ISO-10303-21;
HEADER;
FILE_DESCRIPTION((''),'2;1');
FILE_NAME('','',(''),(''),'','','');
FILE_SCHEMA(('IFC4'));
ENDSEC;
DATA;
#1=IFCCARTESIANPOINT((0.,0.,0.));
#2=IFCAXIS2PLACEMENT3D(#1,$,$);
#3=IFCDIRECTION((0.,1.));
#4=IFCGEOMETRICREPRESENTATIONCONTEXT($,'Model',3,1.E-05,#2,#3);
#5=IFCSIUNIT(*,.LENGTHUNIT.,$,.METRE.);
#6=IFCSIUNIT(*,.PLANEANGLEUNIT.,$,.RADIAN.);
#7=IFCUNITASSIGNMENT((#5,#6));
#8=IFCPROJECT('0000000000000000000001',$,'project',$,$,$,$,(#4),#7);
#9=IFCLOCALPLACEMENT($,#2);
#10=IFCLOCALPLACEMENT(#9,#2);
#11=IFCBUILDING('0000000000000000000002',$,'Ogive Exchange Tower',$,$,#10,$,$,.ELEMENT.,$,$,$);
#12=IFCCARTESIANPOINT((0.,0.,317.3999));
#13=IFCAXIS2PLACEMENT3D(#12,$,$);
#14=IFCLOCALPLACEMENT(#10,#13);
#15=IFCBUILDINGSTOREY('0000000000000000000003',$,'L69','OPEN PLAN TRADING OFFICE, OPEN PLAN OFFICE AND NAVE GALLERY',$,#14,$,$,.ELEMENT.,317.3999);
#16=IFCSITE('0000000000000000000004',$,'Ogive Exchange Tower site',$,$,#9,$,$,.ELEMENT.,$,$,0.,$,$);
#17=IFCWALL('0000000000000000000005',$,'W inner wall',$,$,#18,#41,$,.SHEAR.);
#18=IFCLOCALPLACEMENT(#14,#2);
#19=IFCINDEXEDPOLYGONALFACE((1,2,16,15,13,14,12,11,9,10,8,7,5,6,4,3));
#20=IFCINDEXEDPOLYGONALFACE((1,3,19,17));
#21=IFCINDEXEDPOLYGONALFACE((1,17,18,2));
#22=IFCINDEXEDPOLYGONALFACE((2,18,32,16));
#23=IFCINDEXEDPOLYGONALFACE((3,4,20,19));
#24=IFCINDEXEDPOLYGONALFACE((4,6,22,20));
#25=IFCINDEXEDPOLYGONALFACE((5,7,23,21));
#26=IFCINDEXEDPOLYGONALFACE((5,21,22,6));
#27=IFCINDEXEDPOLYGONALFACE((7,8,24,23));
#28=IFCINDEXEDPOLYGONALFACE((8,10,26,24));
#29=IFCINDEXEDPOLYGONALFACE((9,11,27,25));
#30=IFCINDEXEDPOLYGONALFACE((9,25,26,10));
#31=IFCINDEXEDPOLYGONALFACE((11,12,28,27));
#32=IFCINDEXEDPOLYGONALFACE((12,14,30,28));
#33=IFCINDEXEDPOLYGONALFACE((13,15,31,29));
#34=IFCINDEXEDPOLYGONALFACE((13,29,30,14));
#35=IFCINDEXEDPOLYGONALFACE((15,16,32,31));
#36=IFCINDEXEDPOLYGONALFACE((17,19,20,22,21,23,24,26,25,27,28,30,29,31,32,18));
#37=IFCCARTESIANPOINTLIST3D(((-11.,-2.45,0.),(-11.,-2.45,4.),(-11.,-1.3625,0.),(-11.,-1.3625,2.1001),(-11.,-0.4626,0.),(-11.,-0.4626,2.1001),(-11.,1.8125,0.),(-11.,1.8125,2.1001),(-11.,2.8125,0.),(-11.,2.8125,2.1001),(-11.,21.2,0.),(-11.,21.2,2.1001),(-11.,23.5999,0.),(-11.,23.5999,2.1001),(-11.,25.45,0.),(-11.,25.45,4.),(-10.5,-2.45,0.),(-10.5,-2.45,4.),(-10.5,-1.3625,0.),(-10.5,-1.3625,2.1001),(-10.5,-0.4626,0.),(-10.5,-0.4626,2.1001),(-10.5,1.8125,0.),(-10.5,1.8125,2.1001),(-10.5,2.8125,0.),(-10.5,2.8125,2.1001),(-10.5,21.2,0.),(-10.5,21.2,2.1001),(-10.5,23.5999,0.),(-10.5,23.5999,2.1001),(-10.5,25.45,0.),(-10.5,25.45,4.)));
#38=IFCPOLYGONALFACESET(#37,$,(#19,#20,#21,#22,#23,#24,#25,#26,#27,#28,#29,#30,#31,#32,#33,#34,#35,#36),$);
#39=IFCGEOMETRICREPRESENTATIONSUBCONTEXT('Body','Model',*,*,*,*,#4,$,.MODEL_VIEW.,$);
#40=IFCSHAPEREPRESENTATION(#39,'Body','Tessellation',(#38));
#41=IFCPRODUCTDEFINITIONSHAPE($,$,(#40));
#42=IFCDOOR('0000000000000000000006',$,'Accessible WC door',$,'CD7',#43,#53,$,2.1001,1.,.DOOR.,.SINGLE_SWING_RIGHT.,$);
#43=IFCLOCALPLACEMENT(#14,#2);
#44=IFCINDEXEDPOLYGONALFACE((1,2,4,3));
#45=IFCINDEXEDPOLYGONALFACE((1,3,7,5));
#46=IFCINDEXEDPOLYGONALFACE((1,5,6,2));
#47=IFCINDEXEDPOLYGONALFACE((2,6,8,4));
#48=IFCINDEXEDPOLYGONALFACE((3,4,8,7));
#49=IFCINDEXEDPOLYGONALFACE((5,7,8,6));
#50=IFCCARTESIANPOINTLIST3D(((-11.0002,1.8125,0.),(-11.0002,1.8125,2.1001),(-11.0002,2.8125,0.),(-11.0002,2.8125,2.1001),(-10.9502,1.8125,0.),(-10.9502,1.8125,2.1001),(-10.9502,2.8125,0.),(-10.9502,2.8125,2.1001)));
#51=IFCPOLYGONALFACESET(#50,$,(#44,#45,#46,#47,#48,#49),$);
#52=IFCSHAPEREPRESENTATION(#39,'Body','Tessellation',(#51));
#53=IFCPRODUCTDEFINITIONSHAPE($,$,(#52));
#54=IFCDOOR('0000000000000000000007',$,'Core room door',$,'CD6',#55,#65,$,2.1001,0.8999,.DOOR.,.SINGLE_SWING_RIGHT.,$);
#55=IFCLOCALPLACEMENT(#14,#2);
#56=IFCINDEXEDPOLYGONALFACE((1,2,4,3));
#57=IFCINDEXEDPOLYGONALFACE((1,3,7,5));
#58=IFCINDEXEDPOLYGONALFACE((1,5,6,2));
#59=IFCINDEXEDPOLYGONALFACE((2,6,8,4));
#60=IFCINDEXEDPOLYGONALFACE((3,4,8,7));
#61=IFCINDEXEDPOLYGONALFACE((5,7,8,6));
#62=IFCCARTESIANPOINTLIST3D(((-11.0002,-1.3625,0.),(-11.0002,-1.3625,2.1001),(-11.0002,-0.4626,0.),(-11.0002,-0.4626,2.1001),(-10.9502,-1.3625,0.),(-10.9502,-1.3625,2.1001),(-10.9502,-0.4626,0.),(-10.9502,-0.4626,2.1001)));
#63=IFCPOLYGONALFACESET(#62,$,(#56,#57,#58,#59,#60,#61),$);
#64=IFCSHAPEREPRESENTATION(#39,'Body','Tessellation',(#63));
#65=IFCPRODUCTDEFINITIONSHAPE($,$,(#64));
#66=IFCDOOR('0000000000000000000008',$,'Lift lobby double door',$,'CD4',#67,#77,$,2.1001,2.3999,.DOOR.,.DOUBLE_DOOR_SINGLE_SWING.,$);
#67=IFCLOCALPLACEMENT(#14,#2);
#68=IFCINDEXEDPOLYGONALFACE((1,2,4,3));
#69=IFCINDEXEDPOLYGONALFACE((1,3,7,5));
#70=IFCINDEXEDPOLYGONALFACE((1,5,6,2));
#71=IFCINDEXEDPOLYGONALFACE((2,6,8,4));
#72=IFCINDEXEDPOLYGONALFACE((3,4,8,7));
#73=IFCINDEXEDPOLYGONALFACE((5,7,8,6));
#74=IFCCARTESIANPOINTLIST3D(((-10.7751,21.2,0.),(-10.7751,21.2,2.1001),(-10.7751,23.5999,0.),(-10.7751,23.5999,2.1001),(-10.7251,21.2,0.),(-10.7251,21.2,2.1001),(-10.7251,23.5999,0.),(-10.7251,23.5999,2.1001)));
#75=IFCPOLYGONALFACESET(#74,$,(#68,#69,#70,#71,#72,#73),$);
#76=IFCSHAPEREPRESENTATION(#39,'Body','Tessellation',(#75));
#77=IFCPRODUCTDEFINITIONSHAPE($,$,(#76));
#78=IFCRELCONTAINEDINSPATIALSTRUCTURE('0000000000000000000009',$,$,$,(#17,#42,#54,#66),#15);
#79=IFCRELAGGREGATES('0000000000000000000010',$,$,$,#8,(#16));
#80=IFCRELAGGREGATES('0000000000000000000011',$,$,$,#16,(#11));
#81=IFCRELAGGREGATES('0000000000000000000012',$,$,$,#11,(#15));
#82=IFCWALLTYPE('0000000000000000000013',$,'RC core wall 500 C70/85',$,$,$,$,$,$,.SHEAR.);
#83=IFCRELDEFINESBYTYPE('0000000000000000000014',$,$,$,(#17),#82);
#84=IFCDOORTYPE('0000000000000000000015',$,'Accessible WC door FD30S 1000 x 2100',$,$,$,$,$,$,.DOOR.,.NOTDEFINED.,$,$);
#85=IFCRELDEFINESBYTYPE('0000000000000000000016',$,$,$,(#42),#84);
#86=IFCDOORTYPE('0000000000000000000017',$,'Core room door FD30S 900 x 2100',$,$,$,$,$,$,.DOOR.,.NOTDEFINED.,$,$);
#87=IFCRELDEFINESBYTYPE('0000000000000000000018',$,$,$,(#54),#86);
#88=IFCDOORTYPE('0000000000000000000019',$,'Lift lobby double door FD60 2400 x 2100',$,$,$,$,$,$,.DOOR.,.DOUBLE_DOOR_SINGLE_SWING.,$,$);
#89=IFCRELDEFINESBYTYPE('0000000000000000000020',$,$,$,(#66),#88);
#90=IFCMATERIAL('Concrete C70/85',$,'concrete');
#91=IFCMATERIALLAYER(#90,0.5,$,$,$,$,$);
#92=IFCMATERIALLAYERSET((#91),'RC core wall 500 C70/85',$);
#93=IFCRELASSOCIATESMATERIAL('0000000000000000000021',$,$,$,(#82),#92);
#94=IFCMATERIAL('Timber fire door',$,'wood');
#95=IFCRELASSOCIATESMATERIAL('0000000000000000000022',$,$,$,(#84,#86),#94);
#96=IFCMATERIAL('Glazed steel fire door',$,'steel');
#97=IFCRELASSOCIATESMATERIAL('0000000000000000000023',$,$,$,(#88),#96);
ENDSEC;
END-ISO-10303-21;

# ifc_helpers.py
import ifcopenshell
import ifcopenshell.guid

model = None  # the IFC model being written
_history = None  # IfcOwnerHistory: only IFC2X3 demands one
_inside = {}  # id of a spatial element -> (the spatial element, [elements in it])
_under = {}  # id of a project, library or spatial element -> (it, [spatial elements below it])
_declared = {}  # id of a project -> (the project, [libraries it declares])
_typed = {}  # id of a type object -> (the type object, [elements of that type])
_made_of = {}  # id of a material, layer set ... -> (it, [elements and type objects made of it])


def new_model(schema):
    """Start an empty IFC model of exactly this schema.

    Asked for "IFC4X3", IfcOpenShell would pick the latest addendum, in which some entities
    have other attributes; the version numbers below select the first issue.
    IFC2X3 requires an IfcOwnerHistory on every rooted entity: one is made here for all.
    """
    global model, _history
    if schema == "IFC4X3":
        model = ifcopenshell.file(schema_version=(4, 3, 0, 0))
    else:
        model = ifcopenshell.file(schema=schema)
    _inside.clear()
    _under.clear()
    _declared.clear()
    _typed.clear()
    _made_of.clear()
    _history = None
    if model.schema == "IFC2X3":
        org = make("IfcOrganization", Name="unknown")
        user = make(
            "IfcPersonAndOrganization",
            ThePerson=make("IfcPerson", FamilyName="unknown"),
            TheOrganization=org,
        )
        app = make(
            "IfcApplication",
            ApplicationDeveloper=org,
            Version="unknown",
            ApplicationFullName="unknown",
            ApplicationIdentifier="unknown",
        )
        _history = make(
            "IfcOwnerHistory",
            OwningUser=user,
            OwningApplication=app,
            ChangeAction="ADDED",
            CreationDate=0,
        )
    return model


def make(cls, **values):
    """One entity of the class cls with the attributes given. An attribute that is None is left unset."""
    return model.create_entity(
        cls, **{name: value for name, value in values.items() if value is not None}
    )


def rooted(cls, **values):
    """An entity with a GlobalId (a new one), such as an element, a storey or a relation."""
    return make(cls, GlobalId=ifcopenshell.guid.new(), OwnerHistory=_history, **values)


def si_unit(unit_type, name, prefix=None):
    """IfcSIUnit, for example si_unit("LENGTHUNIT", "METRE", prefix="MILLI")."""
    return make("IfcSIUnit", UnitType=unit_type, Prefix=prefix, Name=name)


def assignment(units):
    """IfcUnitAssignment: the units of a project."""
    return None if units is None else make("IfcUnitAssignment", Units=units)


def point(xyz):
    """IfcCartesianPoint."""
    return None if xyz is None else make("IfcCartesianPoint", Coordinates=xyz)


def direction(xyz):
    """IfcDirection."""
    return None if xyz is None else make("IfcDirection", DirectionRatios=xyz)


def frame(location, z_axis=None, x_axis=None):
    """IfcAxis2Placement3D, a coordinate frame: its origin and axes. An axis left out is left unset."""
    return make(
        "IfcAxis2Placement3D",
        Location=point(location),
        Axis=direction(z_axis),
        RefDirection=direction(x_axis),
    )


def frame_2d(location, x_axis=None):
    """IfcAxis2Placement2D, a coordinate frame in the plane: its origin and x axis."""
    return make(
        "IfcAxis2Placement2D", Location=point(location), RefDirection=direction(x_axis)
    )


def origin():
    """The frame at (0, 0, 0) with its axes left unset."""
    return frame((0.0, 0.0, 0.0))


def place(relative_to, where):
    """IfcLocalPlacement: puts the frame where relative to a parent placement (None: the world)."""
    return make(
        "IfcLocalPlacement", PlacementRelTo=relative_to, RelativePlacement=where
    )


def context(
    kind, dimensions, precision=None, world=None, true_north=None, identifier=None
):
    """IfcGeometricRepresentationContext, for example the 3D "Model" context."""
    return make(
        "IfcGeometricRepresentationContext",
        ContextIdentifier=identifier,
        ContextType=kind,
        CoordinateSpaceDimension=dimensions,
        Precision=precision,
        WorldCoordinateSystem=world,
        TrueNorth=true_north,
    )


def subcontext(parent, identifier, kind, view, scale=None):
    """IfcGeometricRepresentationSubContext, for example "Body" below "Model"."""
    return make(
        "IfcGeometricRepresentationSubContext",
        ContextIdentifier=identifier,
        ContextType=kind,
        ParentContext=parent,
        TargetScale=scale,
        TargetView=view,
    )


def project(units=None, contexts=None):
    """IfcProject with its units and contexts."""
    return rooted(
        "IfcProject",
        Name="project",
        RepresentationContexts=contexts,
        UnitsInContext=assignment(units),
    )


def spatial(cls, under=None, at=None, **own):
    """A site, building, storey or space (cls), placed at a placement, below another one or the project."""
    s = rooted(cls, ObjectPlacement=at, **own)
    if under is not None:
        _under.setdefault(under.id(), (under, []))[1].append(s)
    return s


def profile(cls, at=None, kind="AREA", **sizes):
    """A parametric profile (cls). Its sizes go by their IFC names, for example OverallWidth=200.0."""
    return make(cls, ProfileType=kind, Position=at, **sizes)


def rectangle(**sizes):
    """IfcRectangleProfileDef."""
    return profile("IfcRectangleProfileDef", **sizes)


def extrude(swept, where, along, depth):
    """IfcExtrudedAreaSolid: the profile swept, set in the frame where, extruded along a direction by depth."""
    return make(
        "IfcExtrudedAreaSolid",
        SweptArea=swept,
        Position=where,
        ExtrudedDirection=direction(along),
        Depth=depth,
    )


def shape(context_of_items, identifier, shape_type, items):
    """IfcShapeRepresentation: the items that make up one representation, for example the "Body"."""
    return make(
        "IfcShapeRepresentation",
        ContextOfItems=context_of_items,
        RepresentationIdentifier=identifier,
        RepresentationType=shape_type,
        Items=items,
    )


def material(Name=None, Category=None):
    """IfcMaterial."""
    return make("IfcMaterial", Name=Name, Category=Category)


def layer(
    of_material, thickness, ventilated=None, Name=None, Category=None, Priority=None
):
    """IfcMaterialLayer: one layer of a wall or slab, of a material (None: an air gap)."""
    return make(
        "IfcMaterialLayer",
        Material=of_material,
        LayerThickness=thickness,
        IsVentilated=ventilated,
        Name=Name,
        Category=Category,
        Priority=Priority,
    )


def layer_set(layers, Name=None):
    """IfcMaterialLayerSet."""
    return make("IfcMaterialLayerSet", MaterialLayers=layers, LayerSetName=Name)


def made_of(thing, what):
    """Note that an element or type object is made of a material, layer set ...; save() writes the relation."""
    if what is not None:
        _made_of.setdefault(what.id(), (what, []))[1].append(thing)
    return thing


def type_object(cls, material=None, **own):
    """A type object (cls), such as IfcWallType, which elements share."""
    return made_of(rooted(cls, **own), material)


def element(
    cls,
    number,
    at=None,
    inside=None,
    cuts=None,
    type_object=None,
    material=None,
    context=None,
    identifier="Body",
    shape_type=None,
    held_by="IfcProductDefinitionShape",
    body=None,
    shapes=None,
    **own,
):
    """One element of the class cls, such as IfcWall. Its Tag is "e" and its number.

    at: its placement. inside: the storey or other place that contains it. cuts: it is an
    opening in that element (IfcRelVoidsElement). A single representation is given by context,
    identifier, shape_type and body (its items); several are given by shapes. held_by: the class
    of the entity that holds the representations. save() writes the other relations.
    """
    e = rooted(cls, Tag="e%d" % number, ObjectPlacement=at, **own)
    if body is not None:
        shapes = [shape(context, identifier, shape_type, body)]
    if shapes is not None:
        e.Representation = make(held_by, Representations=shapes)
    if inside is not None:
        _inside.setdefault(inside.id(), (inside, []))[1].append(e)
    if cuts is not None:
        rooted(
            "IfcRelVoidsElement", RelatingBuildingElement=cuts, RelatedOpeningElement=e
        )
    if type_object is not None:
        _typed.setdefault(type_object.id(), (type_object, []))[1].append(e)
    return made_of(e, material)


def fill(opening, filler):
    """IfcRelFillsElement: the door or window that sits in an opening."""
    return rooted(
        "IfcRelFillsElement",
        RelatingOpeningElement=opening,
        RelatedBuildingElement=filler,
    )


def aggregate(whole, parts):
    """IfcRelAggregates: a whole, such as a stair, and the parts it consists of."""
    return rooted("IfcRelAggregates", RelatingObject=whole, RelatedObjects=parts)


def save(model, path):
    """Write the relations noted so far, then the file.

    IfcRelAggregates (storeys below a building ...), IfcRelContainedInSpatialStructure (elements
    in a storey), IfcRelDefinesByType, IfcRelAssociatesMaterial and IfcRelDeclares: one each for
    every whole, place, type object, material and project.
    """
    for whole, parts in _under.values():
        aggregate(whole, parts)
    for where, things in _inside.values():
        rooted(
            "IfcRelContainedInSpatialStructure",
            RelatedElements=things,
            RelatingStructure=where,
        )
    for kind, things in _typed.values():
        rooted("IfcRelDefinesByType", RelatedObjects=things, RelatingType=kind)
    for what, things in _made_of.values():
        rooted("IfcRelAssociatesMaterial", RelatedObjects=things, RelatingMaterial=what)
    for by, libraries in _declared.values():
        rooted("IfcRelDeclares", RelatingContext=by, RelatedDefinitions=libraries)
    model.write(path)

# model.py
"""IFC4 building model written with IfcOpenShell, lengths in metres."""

from ifc_helpers import new_model, si_unit, direction, frame, frame_2d, origin, place, context, subcontext, project, spatial, rectangle, extrude, material, layer, layer_set, type_object, element, fill, save


model = new_model("IFC4")

# Units and contexts
model_context = context("Model", 3, precision=1e-05, world=origin(), true_north=direction((0.0, 1.0)))
body_context = subcontext(model_context, "Body", "Model", "MODEL_VIEW")
ifc_project = project(units=[si_unit("LENGTHUNIT", "METRE"), si_unit("PLANEANGLEUNIT", "RADIAN")], contexts=[model_context])

# Site, building, storey
site_placement = place(None, origin())
site = spatial("IfcSite", under=ifc_project, at=site_placement, Name="Ogive Exchange Tower site", CompositionType="ELEMENT", RefElevation=0.0)
building_placement = place(site_placement, origin())
building = spatial("IfcBuilding", under=site, at=building_placement, Name="Ogive Exchange Tower", CompositionType="ELEMENT")
storey_placement = place(building_placement, frame((0.0, 0.0, 317.3999)))
storey = spatial("IfcBuildingStorey", under=building, at=storey_placement, Name="L69", Description="OPEN PLAN TRADING OFFICE, OPEN PLAN OFFICE AND NAVE GALLERY", CompositionType="ELEMENT", Elevation=317.3999)

# Shared definitions
ifc_material_1 = material(Name="Concrete C70/85", Category="concrete")

# Wall, openings, doors
ifc_layer_1 = layer(ifc_material_1, 0.5)
ifc_layer_set_1 = layer_set([ifc_layer_1], Name="RC core wall 500 C70/85")
wall_type_1 = type_object("IfcWallType", Name="RC core wall 500 C70/85", PredefinedType="SHEAR", material=ifc_layer_set_1)
wall_1_placement = place(storey_placement, frame((-10.75, -2.45, 0.0), z_axis=(0.0, 0.0, 1.0), x_axis=(0.0, 1.0, 0.0)))
wall_1 = element("IfcWall", 1, at=wall_1_placement, inside=storey, type_object=wall_type_1, Name="W inner wall", PredefinedType="SHEAR", context=body_context, shape_type="SweptSolid", body=[
    extrude(rectangle(XDim=27.8999, YDim=0.5, at=frame_2d((13.95, 0.0))), origin(), (0.0, 0.0, 1.0), 4.0),
])
opening_1_placement = place(wall_1_placement, frame((23.6499, 0.0, 0.0)))
opening_1 = element("IfcOpeningElement", 2, at=opening_1_placement, cuts=wall_1, PredefinedType="OPENING", context=body_context, shape_type="SweptSolid", body=[
    extrude(rectangle(XDim=2.3999, YDim=2.1001, at=frame_2d((1.2, 1.05))), frame((0.0, 0.26, 0.0), z_axis=(0.0, -1.0, 0.0), x_axis=(1.0, 0.0, 0.0)), (0.0, 0.0, 1.0), 0.52),
])
opening_2_placement = place(wall_1_placement, frame((1.0874, 0.0, 0.0)))
opening_2 = element("IfcOpeningElement", 3, at=opening_2_placement, cuts=wall_1, PredefinedType="OPENING", context=body_context, shape_type="SweptSolid", body=[
    extrude(rectangle(XDim=0.8999, YDim=2.1001, at=frame_2d((0.45, 1.05))), frame((0.0, 0.26, 0.0), z_axis=(0.0, -1.0, 0.0), x_axis=(1.0, 0.0, 0.0)), (0.0, 0.0, 1.0), 0.52),
])
opening_3_placement = place(wall_1_placement, frame((4.2625, 0.0, 0.0)))
opening_3 = element("IfcOpeningElement", 4, at=opening_3_placement, cuts=wall_1, PredefinedType="OPENING", context=body_context, shape_type="SweptSolid", body=[
    extrude(rectangle(XDim=1.0, YDim=2.1001, at=frame_2d((0.5, 1.05))), frame((0.0, 0.26, 0.0), z_axis=(0.0, -1.0, 0.0), x_axis=(1.0, 0.0, 0.0)), (0.0, 0.0, 1.0), 0.52),
])
ifc_material_2 = material(Name="Timber fire door", Category="wood")
door_type_1 = type_object("IfcDoorType", Name="Accessible WC door FD30S 1000 x 2100", OperationType="NOTDEFINED", PredefinedType="DOOR", material=ifc_material_2)
door_1_placement = place(opening_3_placement, frame((1.0, 0.4502, 0.0), z_axis=(0.0, 0.0, 1.0), x_axis=(-1.0, 0.0, 0.0)))
door_1 = element("IfcDoor", 5, at=door_1_placement, inside=storey, type_object=door_type_1, Name="Accessible WC door", ObjectType="CD7", OperationType="SINGLE_SWING_RIGHT", OverallHeight=2.1001, OverallWidth=1.0, PredefinedType="DOOR", context=body_context, shape_type="SweptSolid", body=[
    extrude(rectangle(XDim=1.0, YDim=2.1001, at=frame_2d((0.5, 1.05))), frame((0.0, 0.25, 0.0), z_axis=(0.0, -1.0, 0.0), x_axis=(1.0, 0.0, 0.0)), (0.0, 0.0, 1.0), 0.05),
])
fill(opening_3, door_1)
door_type_2 = type_object("IfcDoorType", Name="Core room door FD30S 900 x 2100", OperationType="NOTDEFINED", PredefinedType="DOOR", material=ifc_material_2)
door_2_placement = place(opening_2_placement, frame((0.8999, 0.4502, 0.0), z_axis=(0.0, 0.0, 1.0), x_axis=(-1.0, 0.0, 0.0)))
door_2 = element("IfcDoor", 6, at=door_2_placement, inside=storey, type_object=door_type_2, Name="Core room door", ObjectType="CD6", OperationType="SINGLE_SWING_RIGHT", OverallHeight=2.1001, OverallWidth=0.8999, PredefinedType="DOOR", context=body_context, shape_type="SweptSolid", body=[
    extrude(rectangle(XDim=0.8999, YDim=2.1001, at=frame_2d((0.45, 1.05))), frame((0.0, 0.25, 0.0), z_axis=(0.0, -1.0, 0.0), x_axis=(1.0, 0.0, 0.0)), (0.0, 0.0, 1.0), 0.05),
])
fill(opening_2, door_2)
ifc_material_3 = material(Name="Glazed steel fire door", Category="steel")
door_type_3 = type_object("IfcDoorType", Name="Lift lobby double door FD60 2400 x 2100", OperationType="DOUBLE_DOOR_SINGLE_SWING", PredefinedType="DOOR", material=ifc_material_3)
door_3_placement = place(opening_1_placement, frame((2.3999, 0.0, 0.0), z_axis=(0.0, 0.0, 1.0), x_axis=(-1.0, 0.0, 0.0)))
door_3 = element("IfcDoor", 7, at=door_3_placement, inside=storey, type_object=door_type_3, Name="Lift lobby double door", ObjectType="CD4", OperationType="DOUBLE_DOOR_SINGLE_SWING", OverallHeight=2.1001, OverallWidth=2.3999, PredefinedType="DOOR", context=body_context, shape_type="SweptSolid", body=[
    extrude(rectangle(XDim=2.3999, YDim=2.1001, at=frame_2d((1.2, 1.05))), frame((0.0, 0.0249, 0.0), z_axis=(0.0, -1.0, 0.0), x_axis=(1.0, 0.0, 0.0)), (0.0, 0.0, 1.0), 0.05),
])
fill(opening_1, door_3)

save(model, "model.ifc")
